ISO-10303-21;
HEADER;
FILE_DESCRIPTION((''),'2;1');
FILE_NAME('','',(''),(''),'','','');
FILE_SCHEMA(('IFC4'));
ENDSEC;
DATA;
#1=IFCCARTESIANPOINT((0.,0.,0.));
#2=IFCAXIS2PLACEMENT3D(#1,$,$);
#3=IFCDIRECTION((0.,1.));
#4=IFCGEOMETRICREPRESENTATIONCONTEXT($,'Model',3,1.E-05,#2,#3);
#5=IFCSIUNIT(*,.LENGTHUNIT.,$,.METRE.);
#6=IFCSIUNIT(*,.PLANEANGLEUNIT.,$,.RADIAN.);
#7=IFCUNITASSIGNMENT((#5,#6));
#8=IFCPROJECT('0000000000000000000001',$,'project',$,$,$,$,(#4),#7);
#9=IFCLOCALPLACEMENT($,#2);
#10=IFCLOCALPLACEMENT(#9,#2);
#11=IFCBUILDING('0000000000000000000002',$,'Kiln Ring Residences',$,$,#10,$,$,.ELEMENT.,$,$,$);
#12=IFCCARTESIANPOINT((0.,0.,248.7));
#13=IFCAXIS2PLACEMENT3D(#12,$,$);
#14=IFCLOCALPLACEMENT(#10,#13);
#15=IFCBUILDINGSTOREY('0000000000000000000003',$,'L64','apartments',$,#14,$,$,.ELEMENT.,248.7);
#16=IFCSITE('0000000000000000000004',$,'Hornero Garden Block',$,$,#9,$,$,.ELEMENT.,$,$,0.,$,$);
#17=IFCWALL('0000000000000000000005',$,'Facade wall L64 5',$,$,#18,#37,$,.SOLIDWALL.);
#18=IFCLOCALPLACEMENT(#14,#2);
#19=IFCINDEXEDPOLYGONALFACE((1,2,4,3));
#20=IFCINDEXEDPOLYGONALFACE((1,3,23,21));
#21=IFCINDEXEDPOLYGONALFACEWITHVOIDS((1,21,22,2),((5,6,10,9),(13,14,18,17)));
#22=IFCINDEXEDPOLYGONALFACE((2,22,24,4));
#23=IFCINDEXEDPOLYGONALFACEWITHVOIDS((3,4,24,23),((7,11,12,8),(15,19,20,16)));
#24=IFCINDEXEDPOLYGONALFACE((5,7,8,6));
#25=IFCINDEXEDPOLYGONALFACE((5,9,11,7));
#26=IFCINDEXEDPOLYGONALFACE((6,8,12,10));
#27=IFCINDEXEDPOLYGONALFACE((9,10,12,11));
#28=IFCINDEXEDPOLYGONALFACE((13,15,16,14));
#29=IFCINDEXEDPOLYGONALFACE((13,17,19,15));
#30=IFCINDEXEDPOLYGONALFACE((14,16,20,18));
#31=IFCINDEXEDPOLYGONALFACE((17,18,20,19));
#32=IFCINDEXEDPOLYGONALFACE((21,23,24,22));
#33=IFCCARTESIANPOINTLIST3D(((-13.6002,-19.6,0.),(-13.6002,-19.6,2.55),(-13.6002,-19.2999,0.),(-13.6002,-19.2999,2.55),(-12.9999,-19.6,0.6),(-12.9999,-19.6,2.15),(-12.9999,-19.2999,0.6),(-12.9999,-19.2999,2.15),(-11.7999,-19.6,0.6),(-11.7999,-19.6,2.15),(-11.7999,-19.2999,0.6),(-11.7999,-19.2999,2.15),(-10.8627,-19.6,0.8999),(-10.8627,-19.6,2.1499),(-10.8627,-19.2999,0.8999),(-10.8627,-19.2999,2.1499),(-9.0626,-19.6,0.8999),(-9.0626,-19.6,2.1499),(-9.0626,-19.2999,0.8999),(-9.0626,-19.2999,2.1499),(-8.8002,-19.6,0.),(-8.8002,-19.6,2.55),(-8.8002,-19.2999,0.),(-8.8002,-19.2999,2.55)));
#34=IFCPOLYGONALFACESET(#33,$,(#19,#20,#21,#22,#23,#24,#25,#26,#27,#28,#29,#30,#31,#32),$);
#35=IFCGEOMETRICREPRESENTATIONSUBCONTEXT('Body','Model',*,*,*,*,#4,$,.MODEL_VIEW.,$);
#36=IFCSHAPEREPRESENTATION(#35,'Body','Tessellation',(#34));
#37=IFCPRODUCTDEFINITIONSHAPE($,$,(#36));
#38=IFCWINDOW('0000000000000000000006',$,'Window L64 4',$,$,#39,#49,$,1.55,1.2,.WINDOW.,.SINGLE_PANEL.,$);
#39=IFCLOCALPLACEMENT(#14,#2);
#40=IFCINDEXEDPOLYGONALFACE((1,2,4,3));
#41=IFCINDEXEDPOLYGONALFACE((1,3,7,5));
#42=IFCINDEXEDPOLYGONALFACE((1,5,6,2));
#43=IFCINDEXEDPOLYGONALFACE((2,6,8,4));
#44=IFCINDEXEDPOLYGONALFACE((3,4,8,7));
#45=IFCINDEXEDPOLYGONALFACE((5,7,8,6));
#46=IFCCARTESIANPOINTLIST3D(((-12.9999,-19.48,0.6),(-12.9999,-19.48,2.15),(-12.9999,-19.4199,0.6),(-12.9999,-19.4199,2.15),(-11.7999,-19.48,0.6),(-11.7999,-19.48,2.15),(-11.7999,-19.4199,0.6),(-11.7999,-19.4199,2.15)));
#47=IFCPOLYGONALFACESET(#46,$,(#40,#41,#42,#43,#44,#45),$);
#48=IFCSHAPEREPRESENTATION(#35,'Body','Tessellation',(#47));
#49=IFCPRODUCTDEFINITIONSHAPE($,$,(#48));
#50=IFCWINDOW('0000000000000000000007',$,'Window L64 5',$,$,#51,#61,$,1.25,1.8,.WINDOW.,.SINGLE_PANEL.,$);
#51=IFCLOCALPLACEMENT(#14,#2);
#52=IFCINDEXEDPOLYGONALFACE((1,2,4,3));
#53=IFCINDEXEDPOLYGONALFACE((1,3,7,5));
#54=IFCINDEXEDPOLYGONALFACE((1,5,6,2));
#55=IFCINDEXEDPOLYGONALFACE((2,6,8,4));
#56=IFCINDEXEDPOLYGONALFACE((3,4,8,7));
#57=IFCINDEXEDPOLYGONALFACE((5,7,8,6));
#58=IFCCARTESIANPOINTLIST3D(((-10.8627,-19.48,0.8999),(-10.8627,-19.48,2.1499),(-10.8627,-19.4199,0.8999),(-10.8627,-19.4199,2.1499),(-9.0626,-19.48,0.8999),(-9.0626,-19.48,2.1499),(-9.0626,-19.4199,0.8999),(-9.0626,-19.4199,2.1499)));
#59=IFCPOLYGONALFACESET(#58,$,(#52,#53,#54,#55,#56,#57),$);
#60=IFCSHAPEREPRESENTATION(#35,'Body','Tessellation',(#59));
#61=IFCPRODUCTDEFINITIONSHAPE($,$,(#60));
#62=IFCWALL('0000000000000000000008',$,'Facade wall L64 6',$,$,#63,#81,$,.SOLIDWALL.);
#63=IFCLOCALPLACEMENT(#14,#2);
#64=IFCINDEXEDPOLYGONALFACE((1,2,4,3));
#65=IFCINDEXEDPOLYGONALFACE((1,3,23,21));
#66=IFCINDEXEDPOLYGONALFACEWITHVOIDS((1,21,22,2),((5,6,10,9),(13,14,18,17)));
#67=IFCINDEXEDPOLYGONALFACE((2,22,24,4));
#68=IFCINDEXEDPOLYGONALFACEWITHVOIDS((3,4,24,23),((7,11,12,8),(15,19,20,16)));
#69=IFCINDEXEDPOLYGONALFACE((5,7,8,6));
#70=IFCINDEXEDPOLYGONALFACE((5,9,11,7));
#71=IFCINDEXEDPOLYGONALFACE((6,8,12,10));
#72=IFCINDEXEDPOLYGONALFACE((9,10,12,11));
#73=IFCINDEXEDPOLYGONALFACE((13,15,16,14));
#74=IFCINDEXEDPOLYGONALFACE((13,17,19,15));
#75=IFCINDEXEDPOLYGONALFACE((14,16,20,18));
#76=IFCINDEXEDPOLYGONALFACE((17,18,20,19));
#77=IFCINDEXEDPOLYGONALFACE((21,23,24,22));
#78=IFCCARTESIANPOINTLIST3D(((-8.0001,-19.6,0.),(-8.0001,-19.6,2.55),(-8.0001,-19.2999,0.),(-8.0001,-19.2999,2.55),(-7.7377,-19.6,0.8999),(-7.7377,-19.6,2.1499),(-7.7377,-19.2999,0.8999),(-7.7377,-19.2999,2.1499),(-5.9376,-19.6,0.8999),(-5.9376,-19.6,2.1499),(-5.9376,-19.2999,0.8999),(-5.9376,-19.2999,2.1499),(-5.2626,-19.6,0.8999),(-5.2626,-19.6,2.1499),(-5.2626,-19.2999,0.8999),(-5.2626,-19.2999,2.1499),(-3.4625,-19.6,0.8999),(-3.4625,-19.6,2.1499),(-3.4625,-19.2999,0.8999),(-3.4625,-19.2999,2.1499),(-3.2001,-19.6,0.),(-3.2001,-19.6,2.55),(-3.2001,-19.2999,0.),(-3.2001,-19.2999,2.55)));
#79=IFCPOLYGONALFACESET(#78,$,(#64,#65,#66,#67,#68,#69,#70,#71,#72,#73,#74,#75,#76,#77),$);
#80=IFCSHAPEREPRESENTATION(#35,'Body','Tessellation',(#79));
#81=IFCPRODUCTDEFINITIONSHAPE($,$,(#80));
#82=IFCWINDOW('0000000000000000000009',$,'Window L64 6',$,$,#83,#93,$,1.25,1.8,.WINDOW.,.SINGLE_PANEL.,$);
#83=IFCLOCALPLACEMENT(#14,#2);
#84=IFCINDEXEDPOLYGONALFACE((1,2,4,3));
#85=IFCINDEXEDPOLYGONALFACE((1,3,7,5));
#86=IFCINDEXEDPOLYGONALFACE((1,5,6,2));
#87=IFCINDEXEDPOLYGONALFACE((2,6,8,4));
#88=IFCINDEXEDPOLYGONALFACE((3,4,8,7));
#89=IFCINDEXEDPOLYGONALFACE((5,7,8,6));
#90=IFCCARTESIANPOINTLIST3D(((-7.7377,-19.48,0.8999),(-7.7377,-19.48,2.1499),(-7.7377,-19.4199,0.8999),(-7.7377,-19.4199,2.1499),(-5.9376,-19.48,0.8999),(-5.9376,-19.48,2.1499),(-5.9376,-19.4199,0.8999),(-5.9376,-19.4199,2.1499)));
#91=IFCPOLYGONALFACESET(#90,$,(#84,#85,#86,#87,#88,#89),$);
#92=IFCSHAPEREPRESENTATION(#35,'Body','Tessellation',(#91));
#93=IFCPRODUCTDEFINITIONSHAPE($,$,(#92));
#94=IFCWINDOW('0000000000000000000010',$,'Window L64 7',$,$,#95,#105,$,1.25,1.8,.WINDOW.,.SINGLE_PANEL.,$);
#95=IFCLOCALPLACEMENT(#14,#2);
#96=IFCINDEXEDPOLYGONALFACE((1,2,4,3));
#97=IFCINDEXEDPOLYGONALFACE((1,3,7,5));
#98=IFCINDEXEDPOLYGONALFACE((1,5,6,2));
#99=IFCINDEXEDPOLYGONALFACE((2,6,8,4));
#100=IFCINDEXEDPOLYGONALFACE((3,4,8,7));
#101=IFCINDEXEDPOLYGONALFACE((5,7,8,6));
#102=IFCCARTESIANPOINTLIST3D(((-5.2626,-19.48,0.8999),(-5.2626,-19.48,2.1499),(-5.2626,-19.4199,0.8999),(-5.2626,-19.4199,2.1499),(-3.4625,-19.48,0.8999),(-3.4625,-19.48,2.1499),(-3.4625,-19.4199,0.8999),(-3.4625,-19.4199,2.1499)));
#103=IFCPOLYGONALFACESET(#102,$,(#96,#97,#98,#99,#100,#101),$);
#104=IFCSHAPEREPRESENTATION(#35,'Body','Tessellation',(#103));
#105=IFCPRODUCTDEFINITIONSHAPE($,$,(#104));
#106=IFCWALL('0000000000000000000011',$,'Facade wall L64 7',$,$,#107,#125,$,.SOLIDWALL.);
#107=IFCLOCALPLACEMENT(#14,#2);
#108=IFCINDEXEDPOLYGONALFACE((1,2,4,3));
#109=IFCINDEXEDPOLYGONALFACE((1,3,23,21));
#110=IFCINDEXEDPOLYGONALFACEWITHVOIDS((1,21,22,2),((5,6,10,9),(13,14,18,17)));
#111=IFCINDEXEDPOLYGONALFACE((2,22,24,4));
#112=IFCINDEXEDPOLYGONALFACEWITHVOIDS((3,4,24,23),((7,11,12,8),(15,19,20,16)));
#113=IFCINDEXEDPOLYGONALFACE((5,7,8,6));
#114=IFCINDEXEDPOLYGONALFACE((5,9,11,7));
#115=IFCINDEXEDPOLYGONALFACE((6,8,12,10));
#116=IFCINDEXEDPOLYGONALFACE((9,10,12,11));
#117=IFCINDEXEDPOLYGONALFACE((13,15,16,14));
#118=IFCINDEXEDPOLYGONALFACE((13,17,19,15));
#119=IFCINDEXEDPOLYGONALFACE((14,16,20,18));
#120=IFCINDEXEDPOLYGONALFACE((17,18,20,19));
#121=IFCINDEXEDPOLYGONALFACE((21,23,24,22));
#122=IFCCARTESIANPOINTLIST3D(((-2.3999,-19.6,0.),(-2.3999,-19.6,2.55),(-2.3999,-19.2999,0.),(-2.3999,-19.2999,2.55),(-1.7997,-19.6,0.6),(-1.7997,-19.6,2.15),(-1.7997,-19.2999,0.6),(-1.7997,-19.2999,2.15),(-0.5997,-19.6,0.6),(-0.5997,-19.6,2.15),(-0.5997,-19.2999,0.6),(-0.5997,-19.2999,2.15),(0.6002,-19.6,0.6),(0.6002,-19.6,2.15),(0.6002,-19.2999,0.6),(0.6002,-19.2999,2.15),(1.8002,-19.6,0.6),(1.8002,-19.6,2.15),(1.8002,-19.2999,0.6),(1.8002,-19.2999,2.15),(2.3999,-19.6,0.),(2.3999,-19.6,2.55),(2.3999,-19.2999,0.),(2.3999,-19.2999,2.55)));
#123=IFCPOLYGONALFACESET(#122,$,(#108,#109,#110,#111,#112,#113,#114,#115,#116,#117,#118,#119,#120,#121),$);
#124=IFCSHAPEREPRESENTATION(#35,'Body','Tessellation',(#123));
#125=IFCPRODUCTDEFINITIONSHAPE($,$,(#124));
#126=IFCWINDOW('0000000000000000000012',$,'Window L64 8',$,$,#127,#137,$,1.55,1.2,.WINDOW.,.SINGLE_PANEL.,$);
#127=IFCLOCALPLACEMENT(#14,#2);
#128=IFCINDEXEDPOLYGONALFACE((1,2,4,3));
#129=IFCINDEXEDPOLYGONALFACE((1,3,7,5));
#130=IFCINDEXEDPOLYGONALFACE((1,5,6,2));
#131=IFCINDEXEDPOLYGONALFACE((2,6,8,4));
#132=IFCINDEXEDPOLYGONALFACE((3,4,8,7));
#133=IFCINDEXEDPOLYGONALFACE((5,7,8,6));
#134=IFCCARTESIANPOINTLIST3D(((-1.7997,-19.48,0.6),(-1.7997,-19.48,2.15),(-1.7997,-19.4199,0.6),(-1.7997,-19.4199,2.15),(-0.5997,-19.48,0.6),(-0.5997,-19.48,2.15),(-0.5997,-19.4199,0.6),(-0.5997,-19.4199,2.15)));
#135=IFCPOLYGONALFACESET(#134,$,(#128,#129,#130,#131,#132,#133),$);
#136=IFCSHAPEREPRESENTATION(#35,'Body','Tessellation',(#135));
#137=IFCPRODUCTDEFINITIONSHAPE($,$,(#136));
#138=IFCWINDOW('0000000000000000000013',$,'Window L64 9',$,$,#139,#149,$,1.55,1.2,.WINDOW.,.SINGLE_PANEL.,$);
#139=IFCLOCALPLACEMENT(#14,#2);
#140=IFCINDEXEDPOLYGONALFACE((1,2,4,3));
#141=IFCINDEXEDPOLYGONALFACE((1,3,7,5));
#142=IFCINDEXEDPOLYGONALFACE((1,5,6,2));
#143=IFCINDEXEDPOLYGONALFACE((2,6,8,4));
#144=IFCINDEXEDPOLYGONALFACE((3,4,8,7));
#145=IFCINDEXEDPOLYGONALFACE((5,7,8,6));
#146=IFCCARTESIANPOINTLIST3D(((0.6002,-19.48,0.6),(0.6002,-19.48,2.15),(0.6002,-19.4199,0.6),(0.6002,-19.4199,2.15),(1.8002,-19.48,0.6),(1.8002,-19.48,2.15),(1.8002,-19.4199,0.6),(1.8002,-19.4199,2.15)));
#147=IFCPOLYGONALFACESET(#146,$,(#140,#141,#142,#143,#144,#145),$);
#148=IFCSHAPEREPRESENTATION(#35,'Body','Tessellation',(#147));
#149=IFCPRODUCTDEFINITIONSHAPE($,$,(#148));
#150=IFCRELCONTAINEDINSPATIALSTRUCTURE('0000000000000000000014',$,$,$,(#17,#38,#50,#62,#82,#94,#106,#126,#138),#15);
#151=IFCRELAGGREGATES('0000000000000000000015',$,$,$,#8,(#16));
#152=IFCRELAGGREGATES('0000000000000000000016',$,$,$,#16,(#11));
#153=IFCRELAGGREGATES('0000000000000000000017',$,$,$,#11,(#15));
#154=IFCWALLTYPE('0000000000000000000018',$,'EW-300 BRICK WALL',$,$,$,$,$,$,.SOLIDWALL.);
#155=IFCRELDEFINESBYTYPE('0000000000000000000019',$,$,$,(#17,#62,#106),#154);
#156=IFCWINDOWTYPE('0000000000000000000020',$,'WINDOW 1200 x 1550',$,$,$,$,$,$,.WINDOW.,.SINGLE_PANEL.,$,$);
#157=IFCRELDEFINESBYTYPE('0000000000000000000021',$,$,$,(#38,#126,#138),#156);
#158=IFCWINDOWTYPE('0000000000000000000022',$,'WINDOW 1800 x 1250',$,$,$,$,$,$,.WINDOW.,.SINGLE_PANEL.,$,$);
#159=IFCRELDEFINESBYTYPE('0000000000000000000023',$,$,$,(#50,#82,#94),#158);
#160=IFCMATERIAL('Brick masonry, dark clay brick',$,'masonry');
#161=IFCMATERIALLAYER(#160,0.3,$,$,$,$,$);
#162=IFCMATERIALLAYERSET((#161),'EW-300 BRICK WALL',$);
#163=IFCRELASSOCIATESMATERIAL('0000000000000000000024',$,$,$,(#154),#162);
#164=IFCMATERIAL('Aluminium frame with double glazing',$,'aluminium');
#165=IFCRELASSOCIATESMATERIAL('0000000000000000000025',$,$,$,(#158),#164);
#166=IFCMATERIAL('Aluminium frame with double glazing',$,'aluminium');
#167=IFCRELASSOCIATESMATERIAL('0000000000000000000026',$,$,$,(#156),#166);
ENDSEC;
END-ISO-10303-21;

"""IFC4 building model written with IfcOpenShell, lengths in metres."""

from ifc_helpers import new_model, si_unit, direction, frame, frame_2d, origin, place, context, subcontext, project, spatial, rectangle, extrude, material, layer, layer_set, type_object, element, fill, save


model = new_model("IFC4")

# Units and contexts
model_context = context("Model", 3, precision=1e-05, world=origin(), true_north=direction((0.0, 1.0)))
body_context = subcontext(model_context, "Body", "Model", "MODEL_VIEW")
ifc_project = project(units=[si_unit("LENGTHUNIT", "METRE"), si_unit("PLANEANGLEUNIT", "RADIAN")], contexts=[model_context])

# Site, building, storey
site_placement = place(None, origin())
site = spatial("IfcSite", under=ifc_project, at=site_placement, Name="Hornero Garden Block", CompositionType="ELEMENT", RefElevation=0.0)
building_placement = place(site_placement, origin())
building = spatial("IfcBuilding", under=site, at=building_placement, Name="Kiln Ring Residences", CompositionType="ELEMENT")
storey_placement = place(building_placement, frame((0.0, 0.0, 248.7)))
storey = spatial("IfcBuildingStorey", under=building, at=storey_placement, Name="L64", Description="apartments", CompositionType="ELEMENT", Elevation=248.7)

# Shared definitions
ifc_material_1 = material(Name="Brick masonry, dark clay brick", Category="masonry")
ifc_layer_1 = layer(ifc_material_1, 0.3)
ifc_layer_set_1 = layer_set([ifc_layer_1], Name="EW-300 BRICK WALL")
wall_type_1 = type_object("IfcWallType", Name="EW-300 BRICK WALL", PredefinedType="SOLIDWALL", material=ifc_layer_set_1)
ifc_material_2 = material(Name="Aluminium frame with double glazing", Category="aluminium")
window_type_1 = type_object("IfcWindowType", Name="WINDOW 1800 x 1250", PartitioningType="SINGLE_PANEL", PredefinedType="WINDOW", material=ifc_material_2)

# Walls, openings, windows
wall_1_placement = place(storey_placement, frame((-13.6001, -19.45, 0.0), z_axis=(0.0, 0.0, 1.0), x_axis=(1.0, 0.0, 0.0)))
wall_1 = element("IfcWall", 1, at=wall_1_placement, inside=storey, type_object=wall_type_1, Name="Facade wall L64 5", PredefinedType="SOLIDWALL", context=body_context, shape_type="SweptSolid", body=[
    extrude(rectangle(XDim=4.8, YDim=0.3, at=frame_2d((2.3999, 0.0))), origin(), (0.0, 0.0, 1.0), 2.55),
])
opening_1_placement = place(wall_1_placement, frame((0.6001, 0.0, 0.6001)))
opening_1 = element("IfcOpeningElement", 2, at=opening_1_placement, cuts=wall_1, PredefinedType="OPENING", context=body_context, shape_type="SweptSolid", body=[
    extrude(rectangle(XDim=1.2, YDim=1.55, at=frame_2d((0.6001, 0.7749))), frame((0.0, 0.1599, 0.0), z_axis=(0.0, -1.0, 0.0), x_axis=(1.0, 0.0, 0.0)), (0.0, 0.0, 1.0), 0.3201),
])
opening_2_placement = place(wall_1_placement, frame((2.7375, 0.0, 0.8999)))
opening_2 = element("IfcOpeningElement", 3, at=opening_2_placement, cuts=wall_1, PredefinedType="OPENING", context=body_context, shape_type="SweptSolid", body=[
    extrude(rectangle(XDim=1.8, YDim=1.25, at=frame_2d((0.8999, 0.625))), frame((0.0, 0.1599, 0.0), z_axis=(0.0, -1.0, 0.0), x_axis=(1.0, 0.0, 0.0)), (0.0, 0.0, 1.0), 0.3201),
])
ifc_material_3 = material(Name="Aluminium frame with double glazing", Category="aluminium")
window_type_2 = type_object("IfcWindowType", Name="WINDOW 1200 x 1550", PartitioningType="SINGLE_PANEL", PredefinedType="WINDOW", material=ifc_material_3)
window_1_placement = place(opening_1_placement, origin())
window_1 = element("IfcWindow", 4, at=window_1_placement, inside=storey, type_object=window_type_2, Name="Window L64 4", OverallHeight=1.55, OverallWidth=1.2, PartitioningType="SINGLE_PANEL", PredefinedType="WINDOW", context=body_context, shape_type="SweptSolid", body=[
    extrude(rectangle(XDim=1.2, YDim=1.55, at=frame_2d((0.6001, 0.7749))), frame((0.0, 0.03, 0.0), z_axis=(0.0, -1.0, 0.0), x_axis=(1.0, 0.0, 0.0)), (0.0, 0.0, 1.0), 0.0601),
])
fill(opening_1, window_1)
window_2_placement = place(opening_2_placement, origin())
window_2 = element("IfcWindow", 5, at=window_2_placement, inside=storey, type_object=window_type_1, Name="Window L64 5", OverallHeight=1.25, OverallWidth=1.8, PartitioningType="SINGLE_PANEL", PredefinedType="WINDOW", context=body_context, shape_type="SweptSolid", body=[
    extrude(rectangle(XDim=1.8, YDim=1.25, at=frame_2d((0.8999, 0.625))), frame((0.0, 0.03, 0.0), z_axis=(0.0, -1.0, 0.0), x_axis=(1.0, 0.0, 0.0)), (0.0, 0.0, 1.0), 0.0601),
])
fill(opening_2, window_2)
wall_2_placement = place(storey_placement, frame((-8.0, -19.45, 0.0), z_axis=(0.0, 0.0, 1.0), x_axis=(1.0, 0.0, 0.0)))
wall_2 = element("IfcWall", 6, at=wall_2_placement, inside=storey, type_object=wall_type_1, Name="Facade wall L64 6", PredefinedType="SOLIDWALL", context=body_context, shape_type="SweptSolid", body=[
    extrude(rectangle(XDim=4.8, YDim=0.3, at=frame_2d((2.3999, 0.0))), origin(), (0.0, 0.0, 1.0), 2.55),
])
opening_3_placement = place(wall_2_placement, frame((0.2625, 0.0, 0.8999)))
opening_3 = element("IfcOpeningElement", 7, at=opening_3_placement, cuts=wall_2, PredefinedType="OPENING", context=body_context, shape_type="SweptSolid", body=[
    extrude(rectangle(XDim=1.8, YDim=1.25, at=frame_2d((0.8999, 0.625))), frame((0.0, 0.1599, 0.0), z_axis=(0.0, -1.0, 0.0), x_axis=(1.0, 0.0, 0.0)), (0.0, 0.0, 1.0), 0.3201),
])
opening_4_placement = place(wall_2_placement, frame((2.7375, 0.0, 0.8999)))
opening_4 = element("IfcOpeningElement", 8, at=opening_4_placement, cuts=wall_2, PredefinedType="OPENING", context=body_context, shape_type="SweptSolid", body=[
    extrude(rectangle(XDim=1.8, YDim=1.25, at=frame_2d((0.8999, 0.625))), frame((0.0, 0.1599, 0.0), z_axis=(0.0, -1.0, 0.0), x_axis=(1.0, 0.0, 0.0)), (0.0, 0.0, 1.0), 0.3201),
])
window_3_placement = place(opening_3_placement, origin())
window_3 = element("IfcWindow", 9, at=window_3_placement, inside=storey, type_object=window_type_1, Name="Window L64 6", OverallHeight=1.25, OverallWidth=1.8, PartitioningType="SINGLE_PANEL", PredefinedType="WINDOW", context=body_context, shape_type="SweptSolid", body=[
    extrude(rectangle(XDim=1.8, YDim=1.25, at=frame_2d((0.8999, 0.625))), frame((0.0, 0.03, 0.0), z_axis=(0.0, -1.0, 0.0), x_axis=(1.0, 0.0, 0.0)), (0.0, 0.0, 1.0), 0.0601),
])
fill(opening_3, window_3)
window_4_placement = place(opening_4_placement, origin())
window_4 = element("IfcWindow", 10, at=window_4_placement, inside=storey, type_object=window_type_1, Name="Window L64 7", OverallHeight=1.25, OverallWidth=1.8, PartitioningType="SINGLE_PANEL", PredefinedType="WINDOW", context=body_context, shape_type="SweptSolid", body=[
    extrude(rectangle(XDim=1.8, YDim=1.25, at=frame_2d((0.8999, 0.625))), frame((0.0, 0.03, 0.0), z_axis=(0.0, -1.0, 0.0), x_axis=(1.0, 0.0, 0.0)), (0.0, 0.0, 1.0), 0.0601),
])
fill(opening_4, window_4)
wall_3_placement = place(storey_placement, frame((-2.3999, -19.45, 0.0), z_axis=(0.0, 0.0, 1.0), x_axis=(1.0, 0.0, 0.0)))
wall_3 = element("IfcWall", 11, at=wall_3_placement, inside=storey, type_object=wall_type_1, Name="Facade wall L64 7", PredefinedType="SOLIDWALL", context=body_context, shape_type="SweptSolid", body=[
    extrude(rectangle(XDim=4.7998, YDim=0.3, at=frame_2d((2.3999, 0.0))), origin(), (0.0, 0.0, 1.0), 2.55),
])
opening_5_placement = place(wall_3_placement, frame((0.6001, 0.0, 0.6001)))
opening_5 = element("IfcOpeningElement", 12, at=opening_5_placement, cuts=wall_3, PredefinedType="OPENING", context=body_context, shape_type="SweptSolid", body=[
    extrude(rectangle(XDim=1.2, YDim=1.55, at=frame_2d((0.6001, 0.7749))), frame((0.0, 0.1599, 0.0), z_axis=(0.0, -1.0, 0.0), x_axis=(1.0, 0.0, 0.0)), (0.0, 0.0, 1.0), 0.3201),
])
opening_6_placement = place(wall_3_placement, frame((3.0, 0.0, 0.6001)))
opening_6 = element("IfcOpeningElement", 13, at=opening_6_placement, cuts=wall_3, PredefinedType="OPENING", context=body_context, shape_type="SweptSolid", body=[
    extrude(rectangle(XDim=1.2, YDim=1.55, at=frame_2d((0.6001, 0.7749))), frame((0.0, 0.1599, 0.0), z_axis=(0.0, -1.0, 0.0), x_axis=(1.0, 0.0, 0.0)), (0.0, 0.0, 1.0), 0.3201),
])
window_5_placement = place(opening_5_placement, origin())
window_5 = element("IfcWindow", 14, at=window_5_placement, inside=storey, type_object=window_type_2, Name="Window L64 8", OverallHeight=1.55, OverallWidth=1.2, PartitioningType="SINGLE_PANEL", PredefinedType="WINDOW", context=body_context, shape_type="SweptSolid", body=[
    extrude(rectangle(XDim=1.2, YDim=1.55, at=frame_2d((0.6001, 0.7749))), frame((0.0, 0.03, 0.0), z_axis=(0.0, -1.0, 0.0), x_axis=(1.0, 0.0, 0.0)), (0.0, 0.0, 1.0), 0.0601),
])
fill(opening_5, window_5)
window_6_placement = place(opening_6_placement, origin())
window_6 = element("IfcWindow", 15, at=window_6_placement, inside=storey, type_object=window_type_2, Name="Window L64 9", OverallHeight=1.55, OverallWidth=1.2, PartitioningType="SINGLE_PANEL", PredefinedType="WINDOW", context=body_context, shape_type="SweptSolid", body=[
    extrude(rectangle(XDim=1.2, YDim=1.55, at=frame_2d((0.6001, 0.7749))), frame((0.0, 0.03, 0.0), z_axis=(0.0, -1.0, 0.0), x_axis=(1.0, 0.0, 0.0)), (0.0, 0.0, 1.0), 0.0601),
])
fill(opening_6, window_6)

save(model, "model.ifc")
